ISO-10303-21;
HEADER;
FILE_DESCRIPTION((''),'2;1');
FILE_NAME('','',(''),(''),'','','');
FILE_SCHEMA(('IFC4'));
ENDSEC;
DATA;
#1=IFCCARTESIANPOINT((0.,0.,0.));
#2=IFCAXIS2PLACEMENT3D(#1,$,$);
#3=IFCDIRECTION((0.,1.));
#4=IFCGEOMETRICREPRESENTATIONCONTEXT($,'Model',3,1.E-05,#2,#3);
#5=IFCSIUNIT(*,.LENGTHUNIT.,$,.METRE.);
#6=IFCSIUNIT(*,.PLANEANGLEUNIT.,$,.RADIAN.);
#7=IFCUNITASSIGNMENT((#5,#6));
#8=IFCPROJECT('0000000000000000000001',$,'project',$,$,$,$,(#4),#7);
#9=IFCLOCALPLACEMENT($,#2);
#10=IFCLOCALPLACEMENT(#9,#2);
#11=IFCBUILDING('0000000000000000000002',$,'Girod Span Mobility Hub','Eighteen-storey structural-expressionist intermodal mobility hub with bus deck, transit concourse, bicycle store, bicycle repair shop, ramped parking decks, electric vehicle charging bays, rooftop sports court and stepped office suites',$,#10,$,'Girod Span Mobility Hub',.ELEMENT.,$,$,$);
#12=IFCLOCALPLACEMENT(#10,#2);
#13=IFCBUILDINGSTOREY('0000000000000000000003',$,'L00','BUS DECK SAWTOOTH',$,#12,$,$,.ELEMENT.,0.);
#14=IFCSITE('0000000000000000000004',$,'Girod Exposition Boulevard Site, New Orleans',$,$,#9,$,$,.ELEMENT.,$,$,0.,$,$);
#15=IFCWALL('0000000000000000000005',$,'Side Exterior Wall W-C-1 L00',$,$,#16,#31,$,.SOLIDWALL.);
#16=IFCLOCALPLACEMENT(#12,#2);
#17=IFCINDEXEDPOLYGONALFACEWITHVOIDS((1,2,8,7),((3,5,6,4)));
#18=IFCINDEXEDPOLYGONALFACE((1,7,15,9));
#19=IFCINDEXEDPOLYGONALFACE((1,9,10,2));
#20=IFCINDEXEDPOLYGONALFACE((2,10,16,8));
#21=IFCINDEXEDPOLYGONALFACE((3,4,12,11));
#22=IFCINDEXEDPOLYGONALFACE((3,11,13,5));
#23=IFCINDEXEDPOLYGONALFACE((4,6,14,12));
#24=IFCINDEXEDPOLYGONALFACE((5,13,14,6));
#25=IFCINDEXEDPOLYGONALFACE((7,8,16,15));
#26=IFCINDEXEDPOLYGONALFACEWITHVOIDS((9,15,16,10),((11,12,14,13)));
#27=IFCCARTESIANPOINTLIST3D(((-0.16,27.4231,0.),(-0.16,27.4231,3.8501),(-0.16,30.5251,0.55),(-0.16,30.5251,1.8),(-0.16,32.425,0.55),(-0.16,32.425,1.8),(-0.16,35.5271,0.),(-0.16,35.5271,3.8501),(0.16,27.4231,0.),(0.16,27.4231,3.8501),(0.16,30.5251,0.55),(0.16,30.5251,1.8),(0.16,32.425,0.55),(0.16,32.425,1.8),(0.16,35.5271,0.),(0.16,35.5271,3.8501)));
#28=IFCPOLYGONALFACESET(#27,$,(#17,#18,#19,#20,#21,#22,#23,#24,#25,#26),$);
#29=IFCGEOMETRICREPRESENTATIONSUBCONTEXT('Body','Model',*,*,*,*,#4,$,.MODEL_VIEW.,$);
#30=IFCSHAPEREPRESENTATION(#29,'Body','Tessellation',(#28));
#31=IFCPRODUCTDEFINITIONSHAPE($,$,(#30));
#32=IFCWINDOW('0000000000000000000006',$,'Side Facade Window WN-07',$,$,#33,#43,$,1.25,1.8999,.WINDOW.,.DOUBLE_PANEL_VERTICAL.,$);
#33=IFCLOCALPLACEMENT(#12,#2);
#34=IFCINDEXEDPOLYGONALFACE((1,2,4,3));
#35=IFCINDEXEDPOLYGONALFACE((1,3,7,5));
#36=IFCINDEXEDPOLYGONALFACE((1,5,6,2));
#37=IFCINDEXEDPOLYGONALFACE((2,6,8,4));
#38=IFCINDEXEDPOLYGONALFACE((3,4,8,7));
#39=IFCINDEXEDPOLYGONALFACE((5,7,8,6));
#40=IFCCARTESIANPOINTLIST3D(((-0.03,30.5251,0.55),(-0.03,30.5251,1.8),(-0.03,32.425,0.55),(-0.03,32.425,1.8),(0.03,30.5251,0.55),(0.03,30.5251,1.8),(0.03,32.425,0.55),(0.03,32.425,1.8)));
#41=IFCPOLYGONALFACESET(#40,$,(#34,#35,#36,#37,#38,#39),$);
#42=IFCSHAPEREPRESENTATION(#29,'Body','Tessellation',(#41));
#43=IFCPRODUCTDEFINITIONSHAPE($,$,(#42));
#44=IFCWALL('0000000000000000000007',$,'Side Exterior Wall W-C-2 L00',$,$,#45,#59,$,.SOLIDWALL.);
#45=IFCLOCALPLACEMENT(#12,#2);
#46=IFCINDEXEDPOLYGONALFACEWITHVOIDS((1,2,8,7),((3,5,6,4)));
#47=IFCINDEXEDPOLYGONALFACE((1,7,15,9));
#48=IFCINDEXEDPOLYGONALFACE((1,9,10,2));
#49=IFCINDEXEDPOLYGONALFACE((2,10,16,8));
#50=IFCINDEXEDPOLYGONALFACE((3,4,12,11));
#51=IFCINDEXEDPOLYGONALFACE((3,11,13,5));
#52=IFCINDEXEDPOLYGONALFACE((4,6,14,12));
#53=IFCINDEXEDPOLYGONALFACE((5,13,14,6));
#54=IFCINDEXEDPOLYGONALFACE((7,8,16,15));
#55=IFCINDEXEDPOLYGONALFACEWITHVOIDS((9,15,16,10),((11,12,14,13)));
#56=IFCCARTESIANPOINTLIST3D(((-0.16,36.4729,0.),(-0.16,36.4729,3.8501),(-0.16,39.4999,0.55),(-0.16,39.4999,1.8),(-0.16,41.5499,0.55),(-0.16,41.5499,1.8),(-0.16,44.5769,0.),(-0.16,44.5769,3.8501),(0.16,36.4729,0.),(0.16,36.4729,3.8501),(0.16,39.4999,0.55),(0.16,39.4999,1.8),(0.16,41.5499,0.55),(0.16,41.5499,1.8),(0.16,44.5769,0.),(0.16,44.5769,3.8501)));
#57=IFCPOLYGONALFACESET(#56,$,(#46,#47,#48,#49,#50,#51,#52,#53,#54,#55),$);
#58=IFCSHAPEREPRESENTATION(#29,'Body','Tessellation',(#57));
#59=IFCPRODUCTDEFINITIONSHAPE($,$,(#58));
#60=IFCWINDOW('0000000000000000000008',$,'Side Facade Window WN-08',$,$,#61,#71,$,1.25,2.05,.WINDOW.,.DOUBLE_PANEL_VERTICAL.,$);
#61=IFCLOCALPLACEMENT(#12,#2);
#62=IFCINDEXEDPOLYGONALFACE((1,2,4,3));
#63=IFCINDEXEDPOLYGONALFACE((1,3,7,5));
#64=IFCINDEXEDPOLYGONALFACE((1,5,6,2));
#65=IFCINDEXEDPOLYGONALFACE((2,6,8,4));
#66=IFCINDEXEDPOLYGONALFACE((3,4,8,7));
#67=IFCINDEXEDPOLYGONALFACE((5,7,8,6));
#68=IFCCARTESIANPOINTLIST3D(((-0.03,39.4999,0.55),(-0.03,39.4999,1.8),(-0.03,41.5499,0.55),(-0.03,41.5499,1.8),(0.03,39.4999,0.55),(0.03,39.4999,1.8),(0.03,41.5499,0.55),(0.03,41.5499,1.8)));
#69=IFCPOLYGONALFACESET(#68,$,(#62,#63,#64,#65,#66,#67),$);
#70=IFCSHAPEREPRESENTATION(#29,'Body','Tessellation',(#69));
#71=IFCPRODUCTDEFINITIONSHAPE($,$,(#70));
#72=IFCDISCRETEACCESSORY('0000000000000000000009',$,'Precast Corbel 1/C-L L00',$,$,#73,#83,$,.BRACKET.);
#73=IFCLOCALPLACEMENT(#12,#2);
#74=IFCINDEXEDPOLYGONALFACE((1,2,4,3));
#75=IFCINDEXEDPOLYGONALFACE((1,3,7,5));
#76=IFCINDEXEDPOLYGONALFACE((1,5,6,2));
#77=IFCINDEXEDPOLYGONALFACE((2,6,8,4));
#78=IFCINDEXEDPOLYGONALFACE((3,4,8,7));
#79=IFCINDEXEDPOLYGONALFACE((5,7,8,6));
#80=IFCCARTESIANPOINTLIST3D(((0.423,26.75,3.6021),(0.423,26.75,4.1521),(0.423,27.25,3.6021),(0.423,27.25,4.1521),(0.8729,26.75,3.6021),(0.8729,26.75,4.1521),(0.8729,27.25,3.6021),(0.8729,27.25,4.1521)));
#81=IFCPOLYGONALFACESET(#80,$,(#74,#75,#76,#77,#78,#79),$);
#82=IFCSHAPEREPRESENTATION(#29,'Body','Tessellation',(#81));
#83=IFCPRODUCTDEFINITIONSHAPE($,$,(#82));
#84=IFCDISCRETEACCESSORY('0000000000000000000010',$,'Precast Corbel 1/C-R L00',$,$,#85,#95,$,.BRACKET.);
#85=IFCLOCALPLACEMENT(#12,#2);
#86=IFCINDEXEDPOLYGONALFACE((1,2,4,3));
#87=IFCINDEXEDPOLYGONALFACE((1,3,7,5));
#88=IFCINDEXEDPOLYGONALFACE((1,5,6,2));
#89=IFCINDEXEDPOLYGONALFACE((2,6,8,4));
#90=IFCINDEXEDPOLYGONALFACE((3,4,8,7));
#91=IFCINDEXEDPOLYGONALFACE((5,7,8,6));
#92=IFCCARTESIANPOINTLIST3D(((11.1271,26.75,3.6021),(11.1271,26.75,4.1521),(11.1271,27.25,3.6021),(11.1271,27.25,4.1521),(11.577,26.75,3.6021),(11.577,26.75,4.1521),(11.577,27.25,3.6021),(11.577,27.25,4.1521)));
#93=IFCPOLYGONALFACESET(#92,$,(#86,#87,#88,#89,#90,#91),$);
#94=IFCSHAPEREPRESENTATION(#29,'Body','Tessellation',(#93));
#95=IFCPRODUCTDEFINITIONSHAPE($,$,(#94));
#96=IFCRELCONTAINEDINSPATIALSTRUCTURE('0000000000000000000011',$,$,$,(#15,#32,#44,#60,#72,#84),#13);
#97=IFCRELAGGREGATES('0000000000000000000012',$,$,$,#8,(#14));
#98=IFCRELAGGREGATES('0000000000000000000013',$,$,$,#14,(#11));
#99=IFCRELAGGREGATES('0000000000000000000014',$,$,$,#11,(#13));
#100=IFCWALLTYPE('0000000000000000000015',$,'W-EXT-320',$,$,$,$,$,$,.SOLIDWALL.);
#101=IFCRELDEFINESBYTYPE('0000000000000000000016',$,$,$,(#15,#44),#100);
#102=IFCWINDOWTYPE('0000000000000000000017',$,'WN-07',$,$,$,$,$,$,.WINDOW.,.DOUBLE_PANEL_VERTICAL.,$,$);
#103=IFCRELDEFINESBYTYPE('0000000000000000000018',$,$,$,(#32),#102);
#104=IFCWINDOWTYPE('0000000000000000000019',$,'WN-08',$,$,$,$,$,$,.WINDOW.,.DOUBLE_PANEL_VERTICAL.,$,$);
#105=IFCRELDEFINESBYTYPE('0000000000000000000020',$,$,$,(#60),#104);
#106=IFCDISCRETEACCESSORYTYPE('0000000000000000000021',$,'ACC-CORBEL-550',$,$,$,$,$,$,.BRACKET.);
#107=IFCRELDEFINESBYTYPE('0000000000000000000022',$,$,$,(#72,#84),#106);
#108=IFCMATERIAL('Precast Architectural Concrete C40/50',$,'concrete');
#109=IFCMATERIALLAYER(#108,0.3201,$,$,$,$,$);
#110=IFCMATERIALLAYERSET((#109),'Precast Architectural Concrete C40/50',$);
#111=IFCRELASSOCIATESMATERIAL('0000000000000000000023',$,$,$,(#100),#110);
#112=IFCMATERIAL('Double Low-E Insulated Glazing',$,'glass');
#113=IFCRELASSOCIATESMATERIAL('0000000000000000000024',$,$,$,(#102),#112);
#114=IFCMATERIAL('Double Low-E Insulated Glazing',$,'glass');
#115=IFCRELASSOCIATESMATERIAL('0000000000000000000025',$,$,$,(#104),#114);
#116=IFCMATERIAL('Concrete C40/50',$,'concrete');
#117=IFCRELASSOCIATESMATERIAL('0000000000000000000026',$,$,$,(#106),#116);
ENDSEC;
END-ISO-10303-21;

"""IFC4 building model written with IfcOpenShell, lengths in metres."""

from ifc_helpers import new_model, si_unit, direction, frame, frame_2d, origin, origin_2d, place, context, subcontext, project, spatial, rectangle, extrude, material, layer, layer_set, type_object, element, fill, save


model = new_model("IFC4")

# Units and contexts
model_context = context("Model", 3, precision=1e-05, world=origin(), true_north=direction((0.0, 1.0)))
body_context = subcontext(model_context, "Body", "Model", "MODEL_VIEW")
ifc_project = project(units=[si_unit("LENGTHUNIT", "METRE"), si_unit("PLANEANGLEUNIT", "RADIAN")], contexts=[model_context])

# Site, building, storey
site_placement = place(None, origin())
site = spatial("IfcSite", under=ifc_project, at=site_placement, Name="Girod Exposition Boulevard Site, New Orleans", CompositionType="ELEMENT", RefElevation=0.0)
building_placement = place(site_placement, origin())
building = spatial("IfcBuilding", under=site, at=building_placement, Name="Girod Span Mobility Hub", Description="Eighteen-storey structural-expressionist intermodal mobility hub with bus deck, transit concourse, bicycle store, bicycle repair shop, ramped parking decks, electric vehicle charging bays, rooftop sports court and stepped office suites", LongName="Girod Span Mobility Hub", CompositionType="ELEMENT")
storey_placement = place(building_placement, origin())
storey = spatial("IfcBuildingStorey", under=building, at=storey_placement, Name="L00", Description="BUS DECK SAWTOOTH", CompositionType="ELEMENT", Elevation=0.0)

# Walls, openings, windows
ifc_material_1 = material(Name="Precast Architectural Concrete C40/50", Category="concrete")
ifc_layer_1 = layer(ifc_material_1, 0.3201)
ifc_layer_set_1 = layer_set([ifc_layer_1], Name="Precast Architectural Concrete C40/50")
wall_type_1 = type_object("IfcWallType", Name="W-EXT-320", PredefinedType="SOLIDWALL", material=ifc_layer_set_1)
wall_1_placement = place(storey_placement, frame((0.0, 27.4231, 0.0), z_axis=(0.0, 0.0, 1.0), x_axis=(0.0, 1.0, 0.0)))
wall_1 = element("IfcWall", 1, at=wall_1_placement, inside=storey, type_object=wall_type_1, Name="Side Exterior Wall W-C-1 L00", PredefinedType="SOLIDWALL", context=body_context, shape_type="SweptSolid", body=[
    extrude(rectangle(XDim=8.104, YDim=0.3201, at=frame_2d((4.052, 0.0))), origin(), (0.0, 0.0, 1.0), 3.8501),
])
opening_1_placement = place(wall_1_placement, frame((3.1021, 0.0, 0.55)))
opening_1 = element("IfcOpeningElement", 2, at=opening_1_placement, cuts=wall_1, PredefinedType="OPENING", context=body_context, shape_type="SweptSolid", body=[
    extrude(rectangle(XDim=1.8999, YDim=1.25, at=frame_2d((0.95, 0.625))), frame((0.0, 0.175, 0.0), z_axis=(0.0, -1.0, 0.0), x_axis=(1.0, 0.0, 0.0)), (0.0, 0.0, 1.0), 0.3501),
])
ifc_material_2 = material(Name="Double Low-E Insulated Glazing", Category="glass")
window_type_1 = type_object("IfcWindowType", Name="WN-07", PartitioningType="DOUBLE_PANEL_VERTICAL", PredefinedType="WINDOW", material=ifc_material_2)
window_1_placement = place(opening_1_placement, origin())
window_1 = element("IfcWindow", 3, at=window_1_placement, inside=storey, type_object=window_type_1, Name="Side Facade Window WN-07", OverallHeight=1.25, OverallWidth=1.8999, PartitioningType="DOUBLE_PANEL_VERTICAL", PredefinedType="WINDOW", context=body_context, shape_type="SweptSolid", body=[
    extrude(rectangle(XDim=1.8999, YDim=1.25, at=frame_2d((0.95, 0.625))), frame((0.0, 0.03, 0.0), z_axis=(0.0, -1.0, 0.0), x_axis=(1.0, 0.0, 0.0)), (0.0, 0.0, 1.0), 0.0601),
])
fill(opening_1, window_1)
wall_2_placement = place(storey_placement, frame((0.0, 36.4729, 0.0), z_axis=(0.0, 0.0, 1.0), x_axis=(0.0, 1.0, 0.0)))
wall_2 = element("IfcWall", 4, at=wall_2_placement, inside=storey, type_object=wall_type_1, Name="Side Exterior Wall W-C-2 L00", PredefinedType="SOLIDWALL", context=body_context, shape_type="SweptSolid", body=[
    extrude(rectangle(XDim=8.104, YDim=0.3201, at=frame_2d((4.052, 0.0))), origin(), (0.0, 0.0, 1.0), 3.8501),
])
opening_2_placement = place(wall_2_placement, frame((3.0271, 0.0, 0.55)))
opening_2 = element("IfcOpeningElement", 5, at=opening_2_placement, cuts=wall_2, PredefinedType="OPENING", context=body_context, shape_type="SweptSolid", body=[
    extrude(rectangle(XDim=2.05, YDim=1.25, at=frame_2d((1.0249, 0.625))), frame((0.0, 0.175, 0.0), z_axis=(0.0, -1.0, 0.0), x_axis=(1.0, 0.0, 0.0)), (0.0, 0.0, 1.0), 0.3501),
])
ifc_material_3 = material(Name="Double Low-E Insulated Glazing", Category="glass")
window_type_2 = type_object("IfcWindowType", Name="WN-08", PartitioningType="DOUBLE_PANEL_VERTICAL", PredefinedType="WINDOW", material=ifc_material_3)
window_2_placement = place(opening_2_placement, origin())
window_2 = element("IfcWindow", 6, at=window_2_placement, inside=storey, type_object=window_type_2, Name="Side Facade Window WN-08", OverallHeight=1.25, OverallWidth=2.05, PartitioningType="DOUBLE_PANEL_VERTICAL", PredefinedType="WINDOW", context=body_context, shape_type="SweptSolid", body=[
    extrude(rectangle(XDim=2.05, YDim=1.25, at=frame_2d((1.0249, 0.625))), frame((0.0, 0.03, 0.0), z_axis=(0.0, -1.0, 0.0), x_axis=(1.0, 0.0, 0.0)), (0.0, 0.0, 1.0), 0.0601),
])
fill(opening_2, window_2)

# Discrete accessories
ifc_material_4 = material(Name="Concrete C40/50", Category="concrete")
discrete_accessory_type = type_object("IfcDiscreteAccessoryType", Name="ACC-CORBEL-550", PredefinedType="BRACKET", material=ifc_material_4)
for number, where, z_axis, x_axis, name in (
    (7, (0.6479, 27.0, 3.6021), (0.0, 0.0, 1.0), (1.0, 0.0, 0.0), "Precast Corbel 1/C-L L00"),
    (8, (11.3521, 27.0, 3.6021), (0.0, 0.0, 1.0), (1.0, 0.0, 0.0), "Precast Corbel 1/C-R L00"),
):
    element("IfcDiscreteAccessory", number, at=place(storey_placement, frame(where, z_axis=z_axis, x_axis=x_axis)), inside=storey, type_object=discrete_accessory_type, Name=name, PredefinedType="BRACKET", context=body_context, shape_type="SweptSolid", body=[
        extrude(rectangle(XDim=0.45, YDim=0.5, at=origin_2d()), origin(), (0.0, 0.0, 1.0), 0.55),
    ])

save(model, "model.ifc")
